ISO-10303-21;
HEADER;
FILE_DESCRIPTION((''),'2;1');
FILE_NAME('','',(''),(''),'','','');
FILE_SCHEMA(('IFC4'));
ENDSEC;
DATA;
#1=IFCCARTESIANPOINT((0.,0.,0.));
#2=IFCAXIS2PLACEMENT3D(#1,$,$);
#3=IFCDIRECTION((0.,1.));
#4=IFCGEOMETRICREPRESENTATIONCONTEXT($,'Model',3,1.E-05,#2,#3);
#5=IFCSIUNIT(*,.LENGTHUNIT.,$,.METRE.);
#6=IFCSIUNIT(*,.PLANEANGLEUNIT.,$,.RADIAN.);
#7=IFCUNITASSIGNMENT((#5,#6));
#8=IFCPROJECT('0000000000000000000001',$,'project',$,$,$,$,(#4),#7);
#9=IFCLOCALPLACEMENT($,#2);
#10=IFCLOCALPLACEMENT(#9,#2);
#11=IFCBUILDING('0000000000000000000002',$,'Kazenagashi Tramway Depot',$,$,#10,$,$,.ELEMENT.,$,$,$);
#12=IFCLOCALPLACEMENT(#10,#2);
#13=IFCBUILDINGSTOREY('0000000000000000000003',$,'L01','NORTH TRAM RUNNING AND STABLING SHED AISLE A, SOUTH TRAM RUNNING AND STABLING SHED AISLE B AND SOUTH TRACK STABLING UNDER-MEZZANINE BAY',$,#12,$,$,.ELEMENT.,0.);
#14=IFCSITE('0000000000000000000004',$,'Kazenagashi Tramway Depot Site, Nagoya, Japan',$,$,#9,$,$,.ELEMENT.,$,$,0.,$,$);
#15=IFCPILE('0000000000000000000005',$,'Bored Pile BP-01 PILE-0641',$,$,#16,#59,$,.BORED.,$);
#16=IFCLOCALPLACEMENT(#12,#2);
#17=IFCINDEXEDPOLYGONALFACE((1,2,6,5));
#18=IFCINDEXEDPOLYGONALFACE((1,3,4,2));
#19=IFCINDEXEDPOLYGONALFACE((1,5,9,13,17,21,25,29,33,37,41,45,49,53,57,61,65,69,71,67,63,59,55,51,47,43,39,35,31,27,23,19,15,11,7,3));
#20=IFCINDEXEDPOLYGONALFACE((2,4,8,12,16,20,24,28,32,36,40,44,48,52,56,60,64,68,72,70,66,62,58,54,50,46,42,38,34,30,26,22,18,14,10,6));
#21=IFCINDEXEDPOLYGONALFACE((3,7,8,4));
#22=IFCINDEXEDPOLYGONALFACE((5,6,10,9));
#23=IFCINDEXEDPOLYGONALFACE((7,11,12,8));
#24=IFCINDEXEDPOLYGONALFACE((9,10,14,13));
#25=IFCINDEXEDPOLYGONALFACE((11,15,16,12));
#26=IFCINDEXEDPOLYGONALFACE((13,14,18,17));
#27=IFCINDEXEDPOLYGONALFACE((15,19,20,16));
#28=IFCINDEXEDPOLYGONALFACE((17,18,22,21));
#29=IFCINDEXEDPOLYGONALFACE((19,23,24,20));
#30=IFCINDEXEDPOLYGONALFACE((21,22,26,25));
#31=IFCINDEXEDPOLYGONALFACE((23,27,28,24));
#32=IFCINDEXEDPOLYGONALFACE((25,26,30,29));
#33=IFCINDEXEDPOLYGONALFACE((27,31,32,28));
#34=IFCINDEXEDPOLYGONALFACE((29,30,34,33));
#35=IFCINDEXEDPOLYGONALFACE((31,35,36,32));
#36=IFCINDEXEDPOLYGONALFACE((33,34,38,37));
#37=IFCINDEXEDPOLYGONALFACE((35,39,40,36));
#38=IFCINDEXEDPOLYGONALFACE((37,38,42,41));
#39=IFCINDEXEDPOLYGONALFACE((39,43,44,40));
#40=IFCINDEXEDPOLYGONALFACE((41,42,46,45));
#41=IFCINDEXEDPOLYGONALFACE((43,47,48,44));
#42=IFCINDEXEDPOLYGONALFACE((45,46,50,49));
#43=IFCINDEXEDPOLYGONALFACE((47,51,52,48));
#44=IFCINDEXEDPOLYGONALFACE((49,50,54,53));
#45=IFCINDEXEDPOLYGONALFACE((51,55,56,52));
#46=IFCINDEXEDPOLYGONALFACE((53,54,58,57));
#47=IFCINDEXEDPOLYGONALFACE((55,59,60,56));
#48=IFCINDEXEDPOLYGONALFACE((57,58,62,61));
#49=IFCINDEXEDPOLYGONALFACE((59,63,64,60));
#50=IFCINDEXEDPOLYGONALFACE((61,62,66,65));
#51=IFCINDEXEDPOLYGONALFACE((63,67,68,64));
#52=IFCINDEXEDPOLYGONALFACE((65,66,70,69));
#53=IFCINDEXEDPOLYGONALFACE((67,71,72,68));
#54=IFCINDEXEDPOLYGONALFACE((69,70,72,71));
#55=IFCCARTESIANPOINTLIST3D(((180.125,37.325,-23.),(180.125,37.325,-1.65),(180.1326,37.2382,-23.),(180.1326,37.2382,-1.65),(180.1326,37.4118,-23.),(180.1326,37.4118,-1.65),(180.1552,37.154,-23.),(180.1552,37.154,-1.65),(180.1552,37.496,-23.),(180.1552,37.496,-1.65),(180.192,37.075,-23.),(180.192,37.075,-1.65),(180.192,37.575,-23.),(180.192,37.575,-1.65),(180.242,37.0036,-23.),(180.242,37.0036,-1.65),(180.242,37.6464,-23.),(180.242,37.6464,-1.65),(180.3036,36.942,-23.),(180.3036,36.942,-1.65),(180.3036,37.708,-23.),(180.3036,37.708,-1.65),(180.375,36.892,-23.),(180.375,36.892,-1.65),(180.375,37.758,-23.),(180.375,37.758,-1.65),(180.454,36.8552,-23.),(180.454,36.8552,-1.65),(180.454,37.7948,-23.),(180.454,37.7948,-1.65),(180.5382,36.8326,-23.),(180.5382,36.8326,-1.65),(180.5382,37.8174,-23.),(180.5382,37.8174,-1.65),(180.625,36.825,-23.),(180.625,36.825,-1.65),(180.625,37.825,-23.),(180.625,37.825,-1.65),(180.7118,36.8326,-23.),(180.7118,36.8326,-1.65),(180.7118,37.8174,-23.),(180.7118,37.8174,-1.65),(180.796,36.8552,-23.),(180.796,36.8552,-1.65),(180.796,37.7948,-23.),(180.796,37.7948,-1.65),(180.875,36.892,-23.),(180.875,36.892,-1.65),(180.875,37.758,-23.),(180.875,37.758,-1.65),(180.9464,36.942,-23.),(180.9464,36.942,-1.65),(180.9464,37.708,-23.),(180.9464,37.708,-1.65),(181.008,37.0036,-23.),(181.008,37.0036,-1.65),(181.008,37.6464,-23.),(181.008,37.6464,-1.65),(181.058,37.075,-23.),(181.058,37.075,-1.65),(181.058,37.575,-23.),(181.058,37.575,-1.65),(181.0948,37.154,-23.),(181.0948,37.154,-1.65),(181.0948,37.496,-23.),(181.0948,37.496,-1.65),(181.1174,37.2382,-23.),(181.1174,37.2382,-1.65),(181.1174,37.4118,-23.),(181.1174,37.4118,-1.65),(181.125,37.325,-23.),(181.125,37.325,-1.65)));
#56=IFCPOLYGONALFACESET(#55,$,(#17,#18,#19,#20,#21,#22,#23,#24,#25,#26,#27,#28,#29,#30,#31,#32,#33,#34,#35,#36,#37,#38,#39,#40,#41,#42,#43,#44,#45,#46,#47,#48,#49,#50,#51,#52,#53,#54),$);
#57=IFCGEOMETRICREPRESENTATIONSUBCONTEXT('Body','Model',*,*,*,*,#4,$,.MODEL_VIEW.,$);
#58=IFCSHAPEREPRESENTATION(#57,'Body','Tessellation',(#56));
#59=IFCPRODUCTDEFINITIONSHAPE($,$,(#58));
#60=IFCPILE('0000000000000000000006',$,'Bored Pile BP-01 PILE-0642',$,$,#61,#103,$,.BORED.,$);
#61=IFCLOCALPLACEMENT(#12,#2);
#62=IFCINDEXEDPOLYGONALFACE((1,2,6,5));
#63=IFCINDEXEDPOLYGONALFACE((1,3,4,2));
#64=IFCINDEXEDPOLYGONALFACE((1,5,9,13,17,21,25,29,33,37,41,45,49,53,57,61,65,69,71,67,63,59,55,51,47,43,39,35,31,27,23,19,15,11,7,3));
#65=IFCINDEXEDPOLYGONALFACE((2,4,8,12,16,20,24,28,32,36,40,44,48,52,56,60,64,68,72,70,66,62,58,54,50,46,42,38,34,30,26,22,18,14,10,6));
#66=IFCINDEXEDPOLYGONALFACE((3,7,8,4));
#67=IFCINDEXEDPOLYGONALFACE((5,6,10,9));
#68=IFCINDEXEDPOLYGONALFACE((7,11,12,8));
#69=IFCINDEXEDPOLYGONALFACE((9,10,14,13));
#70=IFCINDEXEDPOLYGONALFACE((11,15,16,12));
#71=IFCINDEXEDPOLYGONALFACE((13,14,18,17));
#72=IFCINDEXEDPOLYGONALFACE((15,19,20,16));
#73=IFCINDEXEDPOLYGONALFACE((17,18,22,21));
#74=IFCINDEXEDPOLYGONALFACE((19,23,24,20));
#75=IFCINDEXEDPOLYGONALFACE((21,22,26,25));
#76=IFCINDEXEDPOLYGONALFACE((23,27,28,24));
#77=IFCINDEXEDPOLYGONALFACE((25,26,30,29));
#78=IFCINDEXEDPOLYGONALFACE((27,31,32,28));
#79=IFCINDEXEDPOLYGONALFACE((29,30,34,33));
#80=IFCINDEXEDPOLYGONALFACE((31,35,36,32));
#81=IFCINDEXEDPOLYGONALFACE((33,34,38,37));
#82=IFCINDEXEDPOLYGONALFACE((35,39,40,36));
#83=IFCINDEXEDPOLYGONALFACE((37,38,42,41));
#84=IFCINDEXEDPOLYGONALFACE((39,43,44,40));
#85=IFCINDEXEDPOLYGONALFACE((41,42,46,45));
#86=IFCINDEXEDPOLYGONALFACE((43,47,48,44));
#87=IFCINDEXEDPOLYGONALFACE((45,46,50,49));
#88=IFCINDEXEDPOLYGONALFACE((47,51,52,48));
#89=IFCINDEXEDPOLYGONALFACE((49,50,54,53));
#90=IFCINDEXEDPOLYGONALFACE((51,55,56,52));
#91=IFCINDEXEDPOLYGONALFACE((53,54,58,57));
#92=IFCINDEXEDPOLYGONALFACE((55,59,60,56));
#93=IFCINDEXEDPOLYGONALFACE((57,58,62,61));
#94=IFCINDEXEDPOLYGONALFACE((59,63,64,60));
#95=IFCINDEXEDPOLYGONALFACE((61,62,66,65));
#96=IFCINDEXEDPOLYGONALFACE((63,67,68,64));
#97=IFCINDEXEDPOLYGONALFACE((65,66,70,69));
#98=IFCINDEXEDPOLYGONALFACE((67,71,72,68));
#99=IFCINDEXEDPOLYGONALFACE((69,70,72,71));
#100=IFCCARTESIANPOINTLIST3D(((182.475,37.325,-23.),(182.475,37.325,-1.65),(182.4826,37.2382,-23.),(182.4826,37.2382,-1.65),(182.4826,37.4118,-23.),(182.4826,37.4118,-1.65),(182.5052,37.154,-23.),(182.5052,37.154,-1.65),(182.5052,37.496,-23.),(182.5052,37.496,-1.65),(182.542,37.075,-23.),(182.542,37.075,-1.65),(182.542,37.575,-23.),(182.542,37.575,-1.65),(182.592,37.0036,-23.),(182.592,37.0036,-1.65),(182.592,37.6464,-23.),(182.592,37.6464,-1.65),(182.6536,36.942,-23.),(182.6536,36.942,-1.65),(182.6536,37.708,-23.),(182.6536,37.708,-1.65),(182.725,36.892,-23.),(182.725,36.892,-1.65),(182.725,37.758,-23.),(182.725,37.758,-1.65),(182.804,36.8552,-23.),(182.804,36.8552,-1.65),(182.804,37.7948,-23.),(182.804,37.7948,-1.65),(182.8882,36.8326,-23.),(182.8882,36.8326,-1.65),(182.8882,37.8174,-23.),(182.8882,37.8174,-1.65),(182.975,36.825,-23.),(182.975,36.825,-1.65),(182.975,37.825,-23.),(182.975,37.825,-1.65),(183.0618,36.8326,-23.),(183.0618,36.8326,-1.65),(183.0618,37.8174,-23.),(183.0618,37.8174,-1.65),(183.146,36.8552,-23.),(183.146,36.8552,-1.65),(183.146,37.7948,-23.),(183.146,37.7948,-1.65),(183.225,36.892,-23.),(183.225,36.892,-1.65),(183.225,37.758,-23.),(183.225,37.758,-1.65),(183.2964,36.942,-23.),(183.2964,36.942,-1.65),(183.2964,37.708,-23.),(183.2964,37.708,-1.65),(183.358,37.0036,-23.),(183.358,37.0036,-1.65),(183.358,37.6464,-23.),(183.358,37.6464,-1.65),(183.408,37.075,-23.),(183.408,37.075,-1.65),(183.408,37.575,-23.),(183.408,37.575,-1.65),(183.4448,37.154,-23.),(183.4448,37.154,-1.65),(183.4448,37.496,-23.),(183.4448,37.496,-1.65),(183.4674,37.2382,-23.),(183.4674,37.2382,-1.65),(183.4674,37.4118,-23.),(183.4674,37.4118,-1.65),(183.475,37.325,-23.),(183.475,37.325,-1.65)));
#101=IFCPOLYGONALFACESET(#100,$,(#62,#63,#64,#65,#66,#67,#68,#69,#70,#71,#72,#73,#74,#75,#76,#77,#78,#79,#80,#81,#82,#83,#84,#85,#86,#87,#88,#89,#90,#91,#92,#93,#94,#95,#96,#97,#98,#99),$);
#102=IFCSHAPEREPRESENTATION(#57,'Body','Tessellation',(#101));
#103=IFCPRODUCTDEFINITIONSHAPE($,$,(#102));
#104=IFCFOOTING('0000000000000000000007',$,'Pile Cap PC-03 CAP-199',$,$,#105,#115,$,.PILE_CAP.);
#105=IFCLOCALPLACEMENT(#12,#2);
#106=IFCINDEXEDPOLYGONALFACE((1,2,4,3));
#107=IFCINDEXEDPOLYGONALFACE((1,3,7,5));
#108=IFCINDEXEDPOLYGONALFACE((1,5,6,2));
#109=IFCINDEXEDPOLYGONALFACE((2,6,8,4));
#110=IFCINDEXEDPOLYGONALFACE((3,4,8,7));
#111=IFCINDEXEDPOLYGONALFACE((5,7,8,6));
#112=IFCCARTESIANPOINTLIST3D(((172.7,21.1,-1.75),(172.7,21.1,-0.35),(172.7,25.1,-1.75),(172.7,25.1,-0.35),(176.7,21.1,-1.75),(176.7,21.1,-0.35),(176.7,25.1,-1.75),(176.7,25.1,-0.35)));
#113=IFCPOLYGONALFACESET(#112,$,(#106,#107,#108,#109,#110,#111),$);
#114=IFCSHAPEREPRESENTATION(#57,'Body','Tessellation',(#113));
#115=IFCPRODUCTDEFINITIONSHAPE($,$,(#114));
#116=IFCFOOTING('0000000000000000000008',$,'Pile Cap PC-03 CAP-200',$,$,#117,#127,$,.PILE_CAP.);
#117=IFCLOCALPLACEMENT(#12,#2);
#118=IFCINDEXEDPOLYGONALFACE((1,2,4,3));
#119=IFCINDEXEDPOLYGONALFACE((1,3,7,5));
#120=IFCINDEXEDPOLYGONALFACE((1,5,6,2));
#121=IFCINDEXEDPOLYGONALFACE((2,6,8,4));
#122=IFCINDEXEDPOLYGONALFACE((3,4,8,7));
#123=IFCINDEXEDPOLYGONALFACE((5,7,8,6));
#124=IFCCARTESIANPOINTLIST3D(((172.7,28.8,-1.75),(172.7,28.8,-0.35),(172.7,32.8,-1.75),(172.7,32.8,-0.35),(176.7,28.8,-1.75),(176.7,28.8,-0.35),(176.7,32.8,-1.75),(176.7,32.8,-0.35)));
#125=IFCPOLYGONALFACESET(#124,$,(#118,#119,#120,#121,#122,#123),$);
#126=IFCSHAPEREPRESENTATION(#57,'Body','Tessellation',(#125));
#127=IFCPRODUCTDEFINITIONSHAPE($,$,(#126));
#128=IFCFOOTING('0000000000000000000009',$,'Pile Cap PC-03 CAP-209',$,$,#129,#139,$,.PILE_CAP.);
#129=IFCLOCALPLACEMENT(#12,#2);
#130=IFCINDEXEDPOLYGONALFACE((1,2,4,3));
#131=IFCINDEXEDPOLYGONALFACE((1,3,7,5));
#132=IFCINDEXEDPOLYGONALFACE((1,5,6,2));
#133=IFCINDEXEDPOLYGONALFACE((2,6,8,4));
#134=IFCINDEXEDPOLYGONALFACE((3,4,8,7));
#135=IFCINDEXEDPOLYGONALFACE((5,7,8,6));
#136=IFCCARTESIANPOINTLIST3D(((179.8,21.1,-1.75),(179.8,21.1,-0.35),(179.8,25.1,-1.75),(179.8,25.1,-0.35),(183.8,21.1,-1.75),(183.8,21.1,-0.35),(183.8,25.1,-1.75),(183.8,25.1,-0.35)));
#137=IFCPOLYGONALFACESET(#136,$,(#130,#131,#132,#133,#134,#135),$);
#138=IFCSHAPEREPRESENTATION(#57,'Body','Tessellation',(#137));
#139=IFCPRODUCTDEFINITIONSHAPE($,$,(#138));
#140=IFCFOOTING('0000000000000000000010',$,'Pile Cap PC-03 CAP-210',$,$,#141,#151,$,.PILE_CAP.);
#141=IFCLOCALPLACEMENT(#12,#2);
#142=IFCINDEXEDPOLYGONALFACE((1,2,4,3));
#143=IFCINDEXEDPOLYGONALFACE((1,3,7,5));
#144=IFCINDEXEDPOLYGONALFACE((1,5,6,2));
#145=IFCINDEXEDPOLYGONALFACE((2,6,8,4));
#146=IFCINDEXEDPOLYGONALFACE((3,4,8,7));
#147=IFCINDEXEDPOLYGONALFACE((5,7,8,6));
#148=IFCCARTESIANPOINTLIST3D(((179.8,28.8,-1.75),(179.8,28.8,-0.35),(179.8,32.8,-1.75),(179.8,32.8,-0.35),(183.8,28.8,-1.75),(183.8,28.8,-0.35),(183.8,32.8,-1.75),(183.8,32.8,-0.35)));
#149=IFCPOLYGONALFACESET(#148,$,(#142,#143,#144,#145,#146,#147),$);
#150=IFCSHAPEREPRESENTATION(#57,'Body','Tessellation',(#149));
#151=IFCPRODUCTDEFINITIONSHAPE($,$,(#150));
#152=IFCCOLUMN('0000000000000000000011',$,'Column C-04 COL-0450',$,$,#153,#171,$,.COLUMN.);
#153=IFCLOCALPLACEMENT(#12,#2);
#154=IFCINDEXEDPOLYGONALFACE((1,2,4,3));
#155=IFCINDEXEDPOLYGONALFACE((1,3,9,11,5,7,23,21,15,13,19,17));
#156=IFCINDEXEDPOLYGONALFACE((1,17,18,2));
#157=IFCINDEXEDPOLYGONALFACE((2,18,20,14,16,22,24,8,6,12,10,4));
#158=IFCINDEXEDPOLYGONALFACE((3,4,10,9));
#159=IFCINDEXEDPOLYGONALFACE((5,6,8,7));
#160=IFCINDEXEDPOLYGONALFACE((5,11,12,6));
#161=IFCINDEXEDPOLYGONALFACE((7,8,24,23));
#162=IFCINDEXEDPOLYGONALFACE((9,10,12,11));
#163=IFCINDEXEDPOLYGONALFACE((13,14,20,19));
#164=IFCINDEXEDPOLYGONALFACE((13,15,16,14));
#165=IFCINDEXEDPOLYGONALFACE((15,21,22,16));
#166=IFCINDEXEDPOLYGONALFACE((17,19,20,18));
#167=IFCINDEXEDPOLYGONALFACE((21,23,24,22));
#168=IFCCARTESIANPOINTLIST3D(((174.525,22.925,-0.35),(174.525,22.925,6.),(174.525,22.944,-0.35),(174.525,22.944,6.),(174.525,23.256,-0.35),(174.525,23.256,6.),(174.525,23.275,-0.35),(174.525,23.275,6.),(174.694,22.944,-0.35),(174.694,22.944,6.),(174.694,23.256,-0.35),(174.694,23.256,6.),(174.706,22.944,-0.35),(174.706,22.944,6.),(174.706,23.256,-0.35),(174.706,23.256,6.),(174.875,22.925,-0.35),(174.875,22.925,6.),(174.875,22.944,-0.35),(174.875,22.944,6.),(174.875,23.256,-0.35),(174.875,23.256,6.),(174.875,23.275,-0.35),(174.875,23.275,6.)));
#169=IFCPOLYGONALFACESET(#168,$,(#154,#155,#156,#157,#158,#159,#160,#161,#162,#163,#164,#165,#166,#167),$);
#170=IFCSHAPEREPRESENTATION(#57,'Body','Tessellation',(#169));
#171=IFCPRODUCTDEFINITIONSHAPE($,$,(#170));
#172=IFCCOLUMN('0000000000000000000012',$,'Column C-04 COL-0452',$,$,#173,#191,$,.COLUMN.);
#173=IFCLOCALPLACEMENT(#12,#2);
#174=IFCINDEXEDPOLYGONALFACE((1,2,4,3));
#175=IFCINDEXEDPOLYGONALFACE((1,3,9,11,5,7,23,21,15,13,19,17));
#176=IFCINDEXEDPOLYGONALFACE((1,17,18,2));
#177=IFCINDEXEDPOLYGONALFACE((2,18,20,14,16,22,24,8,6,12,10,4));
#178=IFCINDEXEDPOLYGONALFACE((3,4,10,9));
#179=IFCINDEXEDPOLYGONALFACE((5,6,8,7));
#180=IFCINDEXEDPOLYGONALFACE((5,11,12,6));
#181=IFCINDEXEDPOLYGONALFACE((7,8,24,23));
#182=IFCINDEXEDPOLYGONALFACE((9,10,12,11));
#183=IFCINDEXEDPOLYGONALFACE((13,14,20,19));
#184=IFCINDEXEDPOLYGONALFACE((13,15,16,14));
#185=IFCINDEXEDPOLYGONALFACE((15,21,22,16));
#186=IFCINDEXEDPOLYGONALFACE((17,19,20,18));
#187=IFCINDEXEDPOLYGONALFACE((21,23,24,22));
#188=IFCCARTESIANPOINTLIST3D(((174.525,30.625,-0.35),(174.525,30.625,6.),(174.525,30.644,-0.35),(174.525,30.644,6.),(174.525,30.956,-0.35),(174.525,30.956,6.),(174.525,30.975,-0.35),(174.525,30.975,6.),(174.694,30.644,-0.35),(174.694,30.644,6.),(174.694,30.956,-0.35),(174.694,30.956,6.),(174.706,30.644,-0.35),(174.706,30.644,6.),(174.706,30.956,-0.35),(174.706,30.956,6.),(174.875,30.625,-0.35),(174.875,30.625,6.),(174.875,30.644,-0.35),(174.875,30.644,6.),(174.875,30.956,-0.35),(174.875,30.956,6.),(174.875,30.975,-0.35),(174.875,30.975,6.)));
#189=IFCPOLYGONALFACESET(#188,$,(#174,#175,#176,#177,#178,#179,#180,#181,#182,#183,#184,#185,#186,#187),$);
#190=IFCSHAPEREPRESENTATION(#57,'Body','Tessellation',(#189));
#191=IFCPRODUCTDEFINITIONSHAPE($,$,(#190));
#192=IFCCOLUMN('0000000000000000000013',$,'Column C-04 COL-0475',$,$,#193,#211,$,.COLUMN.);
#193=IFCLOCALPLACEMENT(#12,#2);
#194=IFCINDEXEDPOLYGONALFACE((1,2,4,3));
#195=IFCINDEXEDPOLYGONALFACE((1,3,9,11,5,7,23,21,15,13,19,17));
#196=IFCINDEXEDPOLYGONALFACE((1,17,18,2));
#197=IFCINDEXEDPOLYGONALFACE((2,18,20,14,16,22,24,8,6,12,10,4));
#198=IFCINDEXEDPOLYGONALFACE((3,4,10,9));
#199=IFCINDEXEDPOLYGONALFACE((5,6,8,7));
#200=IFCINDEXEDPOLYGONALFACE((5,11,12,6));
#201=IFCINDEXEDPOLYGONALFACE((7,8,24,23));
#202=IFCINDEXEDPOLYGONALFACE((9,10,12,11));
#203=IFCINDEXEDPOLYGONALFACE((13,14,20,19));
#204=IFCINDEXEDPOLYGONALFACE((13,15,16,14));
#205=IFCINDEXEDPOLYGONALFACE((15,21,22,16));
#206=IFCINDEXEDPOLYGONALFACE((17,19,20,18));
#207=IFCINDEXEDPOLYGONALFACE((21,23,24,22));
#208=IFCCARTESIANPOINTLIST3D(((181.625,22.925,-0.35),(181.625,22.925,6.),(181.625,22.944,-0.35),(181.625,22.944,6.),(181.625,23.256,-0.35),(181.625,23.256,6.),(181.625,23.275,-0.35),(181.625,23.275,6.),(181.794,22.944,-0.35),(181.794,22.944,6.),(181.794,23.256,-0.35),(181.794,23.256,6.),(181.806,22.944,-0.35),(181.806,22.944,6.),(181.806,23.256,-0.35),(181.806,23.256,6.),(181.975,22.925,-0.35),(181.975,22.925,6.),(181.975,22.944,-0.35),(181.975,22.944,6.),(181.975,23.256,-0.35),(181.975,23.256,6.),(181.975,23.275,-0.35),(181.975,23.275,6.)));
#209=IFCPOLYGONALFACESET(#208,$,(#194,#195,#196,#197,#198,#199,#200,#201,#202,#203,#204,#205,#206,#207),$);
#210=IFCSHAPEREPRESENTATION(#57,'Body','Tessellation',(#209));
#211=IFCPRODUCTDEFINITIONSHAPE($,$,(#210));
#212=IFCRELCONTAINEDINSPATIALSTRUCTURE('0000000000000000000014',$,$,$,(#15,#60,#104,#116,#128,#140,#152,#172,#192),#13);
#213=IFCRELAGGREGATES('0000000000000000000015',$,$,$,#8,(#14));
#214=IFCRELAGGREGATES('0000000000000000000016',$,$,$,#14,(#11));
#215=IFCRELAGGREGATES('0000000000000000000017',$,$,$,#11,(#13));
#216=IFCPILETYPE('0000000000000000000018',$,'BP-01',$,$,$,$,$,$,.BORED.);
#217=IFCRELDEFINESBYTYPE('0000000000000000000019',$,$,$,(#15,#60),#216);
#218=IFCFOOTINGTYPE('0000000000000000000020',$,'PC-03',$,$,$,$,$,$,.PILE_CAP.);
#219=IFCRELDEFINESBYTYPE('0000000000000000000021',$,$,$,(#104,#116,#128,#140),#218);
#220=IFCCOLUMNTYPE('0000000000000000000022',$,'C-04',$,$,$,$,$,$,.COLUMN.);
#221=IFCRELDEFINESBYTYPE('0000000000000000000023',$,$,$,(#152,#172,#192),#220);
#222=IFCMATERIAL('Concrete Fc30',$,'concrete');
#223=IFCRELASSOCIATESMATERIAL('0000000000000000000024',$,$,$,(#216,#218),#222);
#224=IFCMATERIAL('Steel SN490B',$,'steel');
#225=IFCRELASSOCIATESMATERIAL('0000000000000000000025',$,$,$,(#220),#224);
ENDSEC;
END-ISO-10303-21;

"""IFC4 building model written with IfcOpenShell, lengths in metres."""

from ifc_helpers import new_model, si_unit, direction, frame, origin, origin_2d, place, context, subcontext, project, spatial, rectangle, circle, i_section, extrude, material, material_profile, profile_set, type_object, element, save


model = new_model("IFC4")

# Units and contexts
model_context = context("Model", 3, precision=1e-05, world=origin(), true_north=direction((0.0, 1.0)))
body_context = subcontext(model_context, "Body", "Model", "MODEL_VIEW")
ifc_project = project(units=[si_unit("LENGTHUNIT", "METRE"), si_unit("PLANEANGLEUNIT", "RADIAN")], contexts=[model_context])

# Site, building, storey
site_placement = place(None, origin())
site = spatial("IfcSite", under=ifc_project, at=site_placement, Name="Kazenagashi Tramway Depot Site, Nagoya, Japan", CompositionType="ELEMENT", RefElevation=0.0)
building_placement = place(site_placement, origin())
building = spatial("IfcBuilding", under=site, at=building_placement, Name="Kazenagashi Tramway Depot", CompositionType="ELEMENT")
storey_placement = place(building_placement, origin())
storey = spatial("IfcBuildingStorey", under=building, at=storey_placement, Name="L01", Description="NORTH TRAM RUNNING AND STABLING SHED AISLE A, SOUTH TRAM RUNNING AND STABLING SHED AISLE B AND SOUTH TRACK STABLING UNDER-MEZZANINE BAY", CompositionType="ELEMENT", Elevation=0.0)

# Piles
ifc_material_1 = material(Name="Concrete Fc30", Category="concrete")
ifc_material_profile_1 = material_profile(ifc_material_1, circle(Radius=0.5, at=origin_2d()), Name="PILE-1000")
ifc_profile_set_1 = profile_set([ifc_material_profile_1], Name="Concrete Fc30")
pile_type = type_object("IfcPileType", Name="BP-01", PredefinedType="BORED", material=ifc_profile_set_1)
for number, where, z_axis, x_axis, name in (
    (1, (180.625, 37.325, -1.65), (0.0, 0.0, -1.0), (1.0, 0.0, 0.0), "Bored Pile BP-01 PILE-0641"),
    (2, (182.975, 37.325, -1.65), (0.0, 0.0, -1.0), (1.0, 0.0, 0.0), "Bored Pile BP-01 PILE-0642"),
):
    element("IfcPile", number, at=place(storey_placement, frame(where, z_axis=z_axis, x_axis=x_axis)), inside=storey, type_object=pile_type, Name=name, PredefinedType="BORED", context=body_context, shape_type="SweptSolid", body=[
        extrude(circle(Radius=0.5, at=origin_2d()), origin(), (0.0, 0.0, 1.0), 21.35),
    ])

# Footings
footing_type = type_object("IfcFootingType", Name="PC-03", PredefinedType="PILE_CAP", material=ifc_material_1)
for number, where, z_axis, x_axis, name in (
    (3, (174.7, 23.1, -1.75), (0.0, 0.0, 1.0), (1.0, 0.0, 0.0), "Pile Cap PC-03 CAP-199"),
    (4, (174.7, 30.8, -1.75), (0.0, 0.0, 1.0), (1.0, 0.0, 0.0), "Pile Cap PC-03 CAP-200"),
    (5, (181.8, 23.1, -1.75), (0.0, 0.0, 1.0), (1.0, 0.0, 0.0), "Pile Cap PC-03 CAP-209"),
    (6, (181.8, 30.8, -1.75), (0.0, 0.0, 1.0), (1.0, 0.0, 0.0), "Pile Cap PC-03 CAP-210"),
):
    element("IfcFooting", number, at=place(storey_placement, frame(where, z_axis=z_axis, x_axis=x_axis)), inside=storey, type_object=footing_type, Name=name, PredefinedType="PILE_CAP", context=body_context, shape_type="SweptSolid", body=[
        extrude(rectangle(XDim=4.0, YDim=4.0, at=origin_2d()), origin(), (0.0, 0.0, 1.0), 1.4),
    ])

# Columns
ifc_material_2 = material(Name="Steel SN490B", Category="steel")
ifc_material_profile_2 = material_profile(ifc_material_2, i_section(OverallWidth=0.35, OverallDepth=0.35, WebThickness=0.012, FlangeThickness=0.019, at=origin_2d()), Name="H-350x350x12x19")
ifc_profile_set_2 = profile_set([ifc_material_profile_2], Name="Steel SN490B")
column_type_1 = type_object("IfcColumnType", Name="C-04", PredefinedType="COLUMN", material=ifc_profile_set_2)
for number, where, z_axis, x_axis, name in (
    (7, (174.7, 23.1, -0.35), (0.0, 0.0, 1.0), (1.0, 0.0, 0.0), "Column C-04 COL-0450"),
    (8, (174.7, 30.8, -0.35), (0.0, 0.0, 1.0), (1.0, 0.0, 0.0), "Column C-04 COL-0452"),
    (9, (181.8, 23.1, -0.35), (0.0, 0.0, 1.0), (1.0, 0.0, 0.0), "Column C-04 COL-0475"),
):
    element("IfcColumn", number, at=place(storey_placement, frame(where, z_axis=z_axis, x_axis=x_axis)), inside=storey, type_object=column_type_1, Name=name, PredefinedType="COLUMN", context=body_context, shape_type="SweptSolid", body=[
        extrude(i_section(OverallWidth=0.35, OverallDepth=0.35, WebThickness=0.012, FlangeThickness=0.019, at=origin_2d()), origin(), (0.0, 0.0, 1.0), 6.35),
    ])

save(model, "model.ifc")
